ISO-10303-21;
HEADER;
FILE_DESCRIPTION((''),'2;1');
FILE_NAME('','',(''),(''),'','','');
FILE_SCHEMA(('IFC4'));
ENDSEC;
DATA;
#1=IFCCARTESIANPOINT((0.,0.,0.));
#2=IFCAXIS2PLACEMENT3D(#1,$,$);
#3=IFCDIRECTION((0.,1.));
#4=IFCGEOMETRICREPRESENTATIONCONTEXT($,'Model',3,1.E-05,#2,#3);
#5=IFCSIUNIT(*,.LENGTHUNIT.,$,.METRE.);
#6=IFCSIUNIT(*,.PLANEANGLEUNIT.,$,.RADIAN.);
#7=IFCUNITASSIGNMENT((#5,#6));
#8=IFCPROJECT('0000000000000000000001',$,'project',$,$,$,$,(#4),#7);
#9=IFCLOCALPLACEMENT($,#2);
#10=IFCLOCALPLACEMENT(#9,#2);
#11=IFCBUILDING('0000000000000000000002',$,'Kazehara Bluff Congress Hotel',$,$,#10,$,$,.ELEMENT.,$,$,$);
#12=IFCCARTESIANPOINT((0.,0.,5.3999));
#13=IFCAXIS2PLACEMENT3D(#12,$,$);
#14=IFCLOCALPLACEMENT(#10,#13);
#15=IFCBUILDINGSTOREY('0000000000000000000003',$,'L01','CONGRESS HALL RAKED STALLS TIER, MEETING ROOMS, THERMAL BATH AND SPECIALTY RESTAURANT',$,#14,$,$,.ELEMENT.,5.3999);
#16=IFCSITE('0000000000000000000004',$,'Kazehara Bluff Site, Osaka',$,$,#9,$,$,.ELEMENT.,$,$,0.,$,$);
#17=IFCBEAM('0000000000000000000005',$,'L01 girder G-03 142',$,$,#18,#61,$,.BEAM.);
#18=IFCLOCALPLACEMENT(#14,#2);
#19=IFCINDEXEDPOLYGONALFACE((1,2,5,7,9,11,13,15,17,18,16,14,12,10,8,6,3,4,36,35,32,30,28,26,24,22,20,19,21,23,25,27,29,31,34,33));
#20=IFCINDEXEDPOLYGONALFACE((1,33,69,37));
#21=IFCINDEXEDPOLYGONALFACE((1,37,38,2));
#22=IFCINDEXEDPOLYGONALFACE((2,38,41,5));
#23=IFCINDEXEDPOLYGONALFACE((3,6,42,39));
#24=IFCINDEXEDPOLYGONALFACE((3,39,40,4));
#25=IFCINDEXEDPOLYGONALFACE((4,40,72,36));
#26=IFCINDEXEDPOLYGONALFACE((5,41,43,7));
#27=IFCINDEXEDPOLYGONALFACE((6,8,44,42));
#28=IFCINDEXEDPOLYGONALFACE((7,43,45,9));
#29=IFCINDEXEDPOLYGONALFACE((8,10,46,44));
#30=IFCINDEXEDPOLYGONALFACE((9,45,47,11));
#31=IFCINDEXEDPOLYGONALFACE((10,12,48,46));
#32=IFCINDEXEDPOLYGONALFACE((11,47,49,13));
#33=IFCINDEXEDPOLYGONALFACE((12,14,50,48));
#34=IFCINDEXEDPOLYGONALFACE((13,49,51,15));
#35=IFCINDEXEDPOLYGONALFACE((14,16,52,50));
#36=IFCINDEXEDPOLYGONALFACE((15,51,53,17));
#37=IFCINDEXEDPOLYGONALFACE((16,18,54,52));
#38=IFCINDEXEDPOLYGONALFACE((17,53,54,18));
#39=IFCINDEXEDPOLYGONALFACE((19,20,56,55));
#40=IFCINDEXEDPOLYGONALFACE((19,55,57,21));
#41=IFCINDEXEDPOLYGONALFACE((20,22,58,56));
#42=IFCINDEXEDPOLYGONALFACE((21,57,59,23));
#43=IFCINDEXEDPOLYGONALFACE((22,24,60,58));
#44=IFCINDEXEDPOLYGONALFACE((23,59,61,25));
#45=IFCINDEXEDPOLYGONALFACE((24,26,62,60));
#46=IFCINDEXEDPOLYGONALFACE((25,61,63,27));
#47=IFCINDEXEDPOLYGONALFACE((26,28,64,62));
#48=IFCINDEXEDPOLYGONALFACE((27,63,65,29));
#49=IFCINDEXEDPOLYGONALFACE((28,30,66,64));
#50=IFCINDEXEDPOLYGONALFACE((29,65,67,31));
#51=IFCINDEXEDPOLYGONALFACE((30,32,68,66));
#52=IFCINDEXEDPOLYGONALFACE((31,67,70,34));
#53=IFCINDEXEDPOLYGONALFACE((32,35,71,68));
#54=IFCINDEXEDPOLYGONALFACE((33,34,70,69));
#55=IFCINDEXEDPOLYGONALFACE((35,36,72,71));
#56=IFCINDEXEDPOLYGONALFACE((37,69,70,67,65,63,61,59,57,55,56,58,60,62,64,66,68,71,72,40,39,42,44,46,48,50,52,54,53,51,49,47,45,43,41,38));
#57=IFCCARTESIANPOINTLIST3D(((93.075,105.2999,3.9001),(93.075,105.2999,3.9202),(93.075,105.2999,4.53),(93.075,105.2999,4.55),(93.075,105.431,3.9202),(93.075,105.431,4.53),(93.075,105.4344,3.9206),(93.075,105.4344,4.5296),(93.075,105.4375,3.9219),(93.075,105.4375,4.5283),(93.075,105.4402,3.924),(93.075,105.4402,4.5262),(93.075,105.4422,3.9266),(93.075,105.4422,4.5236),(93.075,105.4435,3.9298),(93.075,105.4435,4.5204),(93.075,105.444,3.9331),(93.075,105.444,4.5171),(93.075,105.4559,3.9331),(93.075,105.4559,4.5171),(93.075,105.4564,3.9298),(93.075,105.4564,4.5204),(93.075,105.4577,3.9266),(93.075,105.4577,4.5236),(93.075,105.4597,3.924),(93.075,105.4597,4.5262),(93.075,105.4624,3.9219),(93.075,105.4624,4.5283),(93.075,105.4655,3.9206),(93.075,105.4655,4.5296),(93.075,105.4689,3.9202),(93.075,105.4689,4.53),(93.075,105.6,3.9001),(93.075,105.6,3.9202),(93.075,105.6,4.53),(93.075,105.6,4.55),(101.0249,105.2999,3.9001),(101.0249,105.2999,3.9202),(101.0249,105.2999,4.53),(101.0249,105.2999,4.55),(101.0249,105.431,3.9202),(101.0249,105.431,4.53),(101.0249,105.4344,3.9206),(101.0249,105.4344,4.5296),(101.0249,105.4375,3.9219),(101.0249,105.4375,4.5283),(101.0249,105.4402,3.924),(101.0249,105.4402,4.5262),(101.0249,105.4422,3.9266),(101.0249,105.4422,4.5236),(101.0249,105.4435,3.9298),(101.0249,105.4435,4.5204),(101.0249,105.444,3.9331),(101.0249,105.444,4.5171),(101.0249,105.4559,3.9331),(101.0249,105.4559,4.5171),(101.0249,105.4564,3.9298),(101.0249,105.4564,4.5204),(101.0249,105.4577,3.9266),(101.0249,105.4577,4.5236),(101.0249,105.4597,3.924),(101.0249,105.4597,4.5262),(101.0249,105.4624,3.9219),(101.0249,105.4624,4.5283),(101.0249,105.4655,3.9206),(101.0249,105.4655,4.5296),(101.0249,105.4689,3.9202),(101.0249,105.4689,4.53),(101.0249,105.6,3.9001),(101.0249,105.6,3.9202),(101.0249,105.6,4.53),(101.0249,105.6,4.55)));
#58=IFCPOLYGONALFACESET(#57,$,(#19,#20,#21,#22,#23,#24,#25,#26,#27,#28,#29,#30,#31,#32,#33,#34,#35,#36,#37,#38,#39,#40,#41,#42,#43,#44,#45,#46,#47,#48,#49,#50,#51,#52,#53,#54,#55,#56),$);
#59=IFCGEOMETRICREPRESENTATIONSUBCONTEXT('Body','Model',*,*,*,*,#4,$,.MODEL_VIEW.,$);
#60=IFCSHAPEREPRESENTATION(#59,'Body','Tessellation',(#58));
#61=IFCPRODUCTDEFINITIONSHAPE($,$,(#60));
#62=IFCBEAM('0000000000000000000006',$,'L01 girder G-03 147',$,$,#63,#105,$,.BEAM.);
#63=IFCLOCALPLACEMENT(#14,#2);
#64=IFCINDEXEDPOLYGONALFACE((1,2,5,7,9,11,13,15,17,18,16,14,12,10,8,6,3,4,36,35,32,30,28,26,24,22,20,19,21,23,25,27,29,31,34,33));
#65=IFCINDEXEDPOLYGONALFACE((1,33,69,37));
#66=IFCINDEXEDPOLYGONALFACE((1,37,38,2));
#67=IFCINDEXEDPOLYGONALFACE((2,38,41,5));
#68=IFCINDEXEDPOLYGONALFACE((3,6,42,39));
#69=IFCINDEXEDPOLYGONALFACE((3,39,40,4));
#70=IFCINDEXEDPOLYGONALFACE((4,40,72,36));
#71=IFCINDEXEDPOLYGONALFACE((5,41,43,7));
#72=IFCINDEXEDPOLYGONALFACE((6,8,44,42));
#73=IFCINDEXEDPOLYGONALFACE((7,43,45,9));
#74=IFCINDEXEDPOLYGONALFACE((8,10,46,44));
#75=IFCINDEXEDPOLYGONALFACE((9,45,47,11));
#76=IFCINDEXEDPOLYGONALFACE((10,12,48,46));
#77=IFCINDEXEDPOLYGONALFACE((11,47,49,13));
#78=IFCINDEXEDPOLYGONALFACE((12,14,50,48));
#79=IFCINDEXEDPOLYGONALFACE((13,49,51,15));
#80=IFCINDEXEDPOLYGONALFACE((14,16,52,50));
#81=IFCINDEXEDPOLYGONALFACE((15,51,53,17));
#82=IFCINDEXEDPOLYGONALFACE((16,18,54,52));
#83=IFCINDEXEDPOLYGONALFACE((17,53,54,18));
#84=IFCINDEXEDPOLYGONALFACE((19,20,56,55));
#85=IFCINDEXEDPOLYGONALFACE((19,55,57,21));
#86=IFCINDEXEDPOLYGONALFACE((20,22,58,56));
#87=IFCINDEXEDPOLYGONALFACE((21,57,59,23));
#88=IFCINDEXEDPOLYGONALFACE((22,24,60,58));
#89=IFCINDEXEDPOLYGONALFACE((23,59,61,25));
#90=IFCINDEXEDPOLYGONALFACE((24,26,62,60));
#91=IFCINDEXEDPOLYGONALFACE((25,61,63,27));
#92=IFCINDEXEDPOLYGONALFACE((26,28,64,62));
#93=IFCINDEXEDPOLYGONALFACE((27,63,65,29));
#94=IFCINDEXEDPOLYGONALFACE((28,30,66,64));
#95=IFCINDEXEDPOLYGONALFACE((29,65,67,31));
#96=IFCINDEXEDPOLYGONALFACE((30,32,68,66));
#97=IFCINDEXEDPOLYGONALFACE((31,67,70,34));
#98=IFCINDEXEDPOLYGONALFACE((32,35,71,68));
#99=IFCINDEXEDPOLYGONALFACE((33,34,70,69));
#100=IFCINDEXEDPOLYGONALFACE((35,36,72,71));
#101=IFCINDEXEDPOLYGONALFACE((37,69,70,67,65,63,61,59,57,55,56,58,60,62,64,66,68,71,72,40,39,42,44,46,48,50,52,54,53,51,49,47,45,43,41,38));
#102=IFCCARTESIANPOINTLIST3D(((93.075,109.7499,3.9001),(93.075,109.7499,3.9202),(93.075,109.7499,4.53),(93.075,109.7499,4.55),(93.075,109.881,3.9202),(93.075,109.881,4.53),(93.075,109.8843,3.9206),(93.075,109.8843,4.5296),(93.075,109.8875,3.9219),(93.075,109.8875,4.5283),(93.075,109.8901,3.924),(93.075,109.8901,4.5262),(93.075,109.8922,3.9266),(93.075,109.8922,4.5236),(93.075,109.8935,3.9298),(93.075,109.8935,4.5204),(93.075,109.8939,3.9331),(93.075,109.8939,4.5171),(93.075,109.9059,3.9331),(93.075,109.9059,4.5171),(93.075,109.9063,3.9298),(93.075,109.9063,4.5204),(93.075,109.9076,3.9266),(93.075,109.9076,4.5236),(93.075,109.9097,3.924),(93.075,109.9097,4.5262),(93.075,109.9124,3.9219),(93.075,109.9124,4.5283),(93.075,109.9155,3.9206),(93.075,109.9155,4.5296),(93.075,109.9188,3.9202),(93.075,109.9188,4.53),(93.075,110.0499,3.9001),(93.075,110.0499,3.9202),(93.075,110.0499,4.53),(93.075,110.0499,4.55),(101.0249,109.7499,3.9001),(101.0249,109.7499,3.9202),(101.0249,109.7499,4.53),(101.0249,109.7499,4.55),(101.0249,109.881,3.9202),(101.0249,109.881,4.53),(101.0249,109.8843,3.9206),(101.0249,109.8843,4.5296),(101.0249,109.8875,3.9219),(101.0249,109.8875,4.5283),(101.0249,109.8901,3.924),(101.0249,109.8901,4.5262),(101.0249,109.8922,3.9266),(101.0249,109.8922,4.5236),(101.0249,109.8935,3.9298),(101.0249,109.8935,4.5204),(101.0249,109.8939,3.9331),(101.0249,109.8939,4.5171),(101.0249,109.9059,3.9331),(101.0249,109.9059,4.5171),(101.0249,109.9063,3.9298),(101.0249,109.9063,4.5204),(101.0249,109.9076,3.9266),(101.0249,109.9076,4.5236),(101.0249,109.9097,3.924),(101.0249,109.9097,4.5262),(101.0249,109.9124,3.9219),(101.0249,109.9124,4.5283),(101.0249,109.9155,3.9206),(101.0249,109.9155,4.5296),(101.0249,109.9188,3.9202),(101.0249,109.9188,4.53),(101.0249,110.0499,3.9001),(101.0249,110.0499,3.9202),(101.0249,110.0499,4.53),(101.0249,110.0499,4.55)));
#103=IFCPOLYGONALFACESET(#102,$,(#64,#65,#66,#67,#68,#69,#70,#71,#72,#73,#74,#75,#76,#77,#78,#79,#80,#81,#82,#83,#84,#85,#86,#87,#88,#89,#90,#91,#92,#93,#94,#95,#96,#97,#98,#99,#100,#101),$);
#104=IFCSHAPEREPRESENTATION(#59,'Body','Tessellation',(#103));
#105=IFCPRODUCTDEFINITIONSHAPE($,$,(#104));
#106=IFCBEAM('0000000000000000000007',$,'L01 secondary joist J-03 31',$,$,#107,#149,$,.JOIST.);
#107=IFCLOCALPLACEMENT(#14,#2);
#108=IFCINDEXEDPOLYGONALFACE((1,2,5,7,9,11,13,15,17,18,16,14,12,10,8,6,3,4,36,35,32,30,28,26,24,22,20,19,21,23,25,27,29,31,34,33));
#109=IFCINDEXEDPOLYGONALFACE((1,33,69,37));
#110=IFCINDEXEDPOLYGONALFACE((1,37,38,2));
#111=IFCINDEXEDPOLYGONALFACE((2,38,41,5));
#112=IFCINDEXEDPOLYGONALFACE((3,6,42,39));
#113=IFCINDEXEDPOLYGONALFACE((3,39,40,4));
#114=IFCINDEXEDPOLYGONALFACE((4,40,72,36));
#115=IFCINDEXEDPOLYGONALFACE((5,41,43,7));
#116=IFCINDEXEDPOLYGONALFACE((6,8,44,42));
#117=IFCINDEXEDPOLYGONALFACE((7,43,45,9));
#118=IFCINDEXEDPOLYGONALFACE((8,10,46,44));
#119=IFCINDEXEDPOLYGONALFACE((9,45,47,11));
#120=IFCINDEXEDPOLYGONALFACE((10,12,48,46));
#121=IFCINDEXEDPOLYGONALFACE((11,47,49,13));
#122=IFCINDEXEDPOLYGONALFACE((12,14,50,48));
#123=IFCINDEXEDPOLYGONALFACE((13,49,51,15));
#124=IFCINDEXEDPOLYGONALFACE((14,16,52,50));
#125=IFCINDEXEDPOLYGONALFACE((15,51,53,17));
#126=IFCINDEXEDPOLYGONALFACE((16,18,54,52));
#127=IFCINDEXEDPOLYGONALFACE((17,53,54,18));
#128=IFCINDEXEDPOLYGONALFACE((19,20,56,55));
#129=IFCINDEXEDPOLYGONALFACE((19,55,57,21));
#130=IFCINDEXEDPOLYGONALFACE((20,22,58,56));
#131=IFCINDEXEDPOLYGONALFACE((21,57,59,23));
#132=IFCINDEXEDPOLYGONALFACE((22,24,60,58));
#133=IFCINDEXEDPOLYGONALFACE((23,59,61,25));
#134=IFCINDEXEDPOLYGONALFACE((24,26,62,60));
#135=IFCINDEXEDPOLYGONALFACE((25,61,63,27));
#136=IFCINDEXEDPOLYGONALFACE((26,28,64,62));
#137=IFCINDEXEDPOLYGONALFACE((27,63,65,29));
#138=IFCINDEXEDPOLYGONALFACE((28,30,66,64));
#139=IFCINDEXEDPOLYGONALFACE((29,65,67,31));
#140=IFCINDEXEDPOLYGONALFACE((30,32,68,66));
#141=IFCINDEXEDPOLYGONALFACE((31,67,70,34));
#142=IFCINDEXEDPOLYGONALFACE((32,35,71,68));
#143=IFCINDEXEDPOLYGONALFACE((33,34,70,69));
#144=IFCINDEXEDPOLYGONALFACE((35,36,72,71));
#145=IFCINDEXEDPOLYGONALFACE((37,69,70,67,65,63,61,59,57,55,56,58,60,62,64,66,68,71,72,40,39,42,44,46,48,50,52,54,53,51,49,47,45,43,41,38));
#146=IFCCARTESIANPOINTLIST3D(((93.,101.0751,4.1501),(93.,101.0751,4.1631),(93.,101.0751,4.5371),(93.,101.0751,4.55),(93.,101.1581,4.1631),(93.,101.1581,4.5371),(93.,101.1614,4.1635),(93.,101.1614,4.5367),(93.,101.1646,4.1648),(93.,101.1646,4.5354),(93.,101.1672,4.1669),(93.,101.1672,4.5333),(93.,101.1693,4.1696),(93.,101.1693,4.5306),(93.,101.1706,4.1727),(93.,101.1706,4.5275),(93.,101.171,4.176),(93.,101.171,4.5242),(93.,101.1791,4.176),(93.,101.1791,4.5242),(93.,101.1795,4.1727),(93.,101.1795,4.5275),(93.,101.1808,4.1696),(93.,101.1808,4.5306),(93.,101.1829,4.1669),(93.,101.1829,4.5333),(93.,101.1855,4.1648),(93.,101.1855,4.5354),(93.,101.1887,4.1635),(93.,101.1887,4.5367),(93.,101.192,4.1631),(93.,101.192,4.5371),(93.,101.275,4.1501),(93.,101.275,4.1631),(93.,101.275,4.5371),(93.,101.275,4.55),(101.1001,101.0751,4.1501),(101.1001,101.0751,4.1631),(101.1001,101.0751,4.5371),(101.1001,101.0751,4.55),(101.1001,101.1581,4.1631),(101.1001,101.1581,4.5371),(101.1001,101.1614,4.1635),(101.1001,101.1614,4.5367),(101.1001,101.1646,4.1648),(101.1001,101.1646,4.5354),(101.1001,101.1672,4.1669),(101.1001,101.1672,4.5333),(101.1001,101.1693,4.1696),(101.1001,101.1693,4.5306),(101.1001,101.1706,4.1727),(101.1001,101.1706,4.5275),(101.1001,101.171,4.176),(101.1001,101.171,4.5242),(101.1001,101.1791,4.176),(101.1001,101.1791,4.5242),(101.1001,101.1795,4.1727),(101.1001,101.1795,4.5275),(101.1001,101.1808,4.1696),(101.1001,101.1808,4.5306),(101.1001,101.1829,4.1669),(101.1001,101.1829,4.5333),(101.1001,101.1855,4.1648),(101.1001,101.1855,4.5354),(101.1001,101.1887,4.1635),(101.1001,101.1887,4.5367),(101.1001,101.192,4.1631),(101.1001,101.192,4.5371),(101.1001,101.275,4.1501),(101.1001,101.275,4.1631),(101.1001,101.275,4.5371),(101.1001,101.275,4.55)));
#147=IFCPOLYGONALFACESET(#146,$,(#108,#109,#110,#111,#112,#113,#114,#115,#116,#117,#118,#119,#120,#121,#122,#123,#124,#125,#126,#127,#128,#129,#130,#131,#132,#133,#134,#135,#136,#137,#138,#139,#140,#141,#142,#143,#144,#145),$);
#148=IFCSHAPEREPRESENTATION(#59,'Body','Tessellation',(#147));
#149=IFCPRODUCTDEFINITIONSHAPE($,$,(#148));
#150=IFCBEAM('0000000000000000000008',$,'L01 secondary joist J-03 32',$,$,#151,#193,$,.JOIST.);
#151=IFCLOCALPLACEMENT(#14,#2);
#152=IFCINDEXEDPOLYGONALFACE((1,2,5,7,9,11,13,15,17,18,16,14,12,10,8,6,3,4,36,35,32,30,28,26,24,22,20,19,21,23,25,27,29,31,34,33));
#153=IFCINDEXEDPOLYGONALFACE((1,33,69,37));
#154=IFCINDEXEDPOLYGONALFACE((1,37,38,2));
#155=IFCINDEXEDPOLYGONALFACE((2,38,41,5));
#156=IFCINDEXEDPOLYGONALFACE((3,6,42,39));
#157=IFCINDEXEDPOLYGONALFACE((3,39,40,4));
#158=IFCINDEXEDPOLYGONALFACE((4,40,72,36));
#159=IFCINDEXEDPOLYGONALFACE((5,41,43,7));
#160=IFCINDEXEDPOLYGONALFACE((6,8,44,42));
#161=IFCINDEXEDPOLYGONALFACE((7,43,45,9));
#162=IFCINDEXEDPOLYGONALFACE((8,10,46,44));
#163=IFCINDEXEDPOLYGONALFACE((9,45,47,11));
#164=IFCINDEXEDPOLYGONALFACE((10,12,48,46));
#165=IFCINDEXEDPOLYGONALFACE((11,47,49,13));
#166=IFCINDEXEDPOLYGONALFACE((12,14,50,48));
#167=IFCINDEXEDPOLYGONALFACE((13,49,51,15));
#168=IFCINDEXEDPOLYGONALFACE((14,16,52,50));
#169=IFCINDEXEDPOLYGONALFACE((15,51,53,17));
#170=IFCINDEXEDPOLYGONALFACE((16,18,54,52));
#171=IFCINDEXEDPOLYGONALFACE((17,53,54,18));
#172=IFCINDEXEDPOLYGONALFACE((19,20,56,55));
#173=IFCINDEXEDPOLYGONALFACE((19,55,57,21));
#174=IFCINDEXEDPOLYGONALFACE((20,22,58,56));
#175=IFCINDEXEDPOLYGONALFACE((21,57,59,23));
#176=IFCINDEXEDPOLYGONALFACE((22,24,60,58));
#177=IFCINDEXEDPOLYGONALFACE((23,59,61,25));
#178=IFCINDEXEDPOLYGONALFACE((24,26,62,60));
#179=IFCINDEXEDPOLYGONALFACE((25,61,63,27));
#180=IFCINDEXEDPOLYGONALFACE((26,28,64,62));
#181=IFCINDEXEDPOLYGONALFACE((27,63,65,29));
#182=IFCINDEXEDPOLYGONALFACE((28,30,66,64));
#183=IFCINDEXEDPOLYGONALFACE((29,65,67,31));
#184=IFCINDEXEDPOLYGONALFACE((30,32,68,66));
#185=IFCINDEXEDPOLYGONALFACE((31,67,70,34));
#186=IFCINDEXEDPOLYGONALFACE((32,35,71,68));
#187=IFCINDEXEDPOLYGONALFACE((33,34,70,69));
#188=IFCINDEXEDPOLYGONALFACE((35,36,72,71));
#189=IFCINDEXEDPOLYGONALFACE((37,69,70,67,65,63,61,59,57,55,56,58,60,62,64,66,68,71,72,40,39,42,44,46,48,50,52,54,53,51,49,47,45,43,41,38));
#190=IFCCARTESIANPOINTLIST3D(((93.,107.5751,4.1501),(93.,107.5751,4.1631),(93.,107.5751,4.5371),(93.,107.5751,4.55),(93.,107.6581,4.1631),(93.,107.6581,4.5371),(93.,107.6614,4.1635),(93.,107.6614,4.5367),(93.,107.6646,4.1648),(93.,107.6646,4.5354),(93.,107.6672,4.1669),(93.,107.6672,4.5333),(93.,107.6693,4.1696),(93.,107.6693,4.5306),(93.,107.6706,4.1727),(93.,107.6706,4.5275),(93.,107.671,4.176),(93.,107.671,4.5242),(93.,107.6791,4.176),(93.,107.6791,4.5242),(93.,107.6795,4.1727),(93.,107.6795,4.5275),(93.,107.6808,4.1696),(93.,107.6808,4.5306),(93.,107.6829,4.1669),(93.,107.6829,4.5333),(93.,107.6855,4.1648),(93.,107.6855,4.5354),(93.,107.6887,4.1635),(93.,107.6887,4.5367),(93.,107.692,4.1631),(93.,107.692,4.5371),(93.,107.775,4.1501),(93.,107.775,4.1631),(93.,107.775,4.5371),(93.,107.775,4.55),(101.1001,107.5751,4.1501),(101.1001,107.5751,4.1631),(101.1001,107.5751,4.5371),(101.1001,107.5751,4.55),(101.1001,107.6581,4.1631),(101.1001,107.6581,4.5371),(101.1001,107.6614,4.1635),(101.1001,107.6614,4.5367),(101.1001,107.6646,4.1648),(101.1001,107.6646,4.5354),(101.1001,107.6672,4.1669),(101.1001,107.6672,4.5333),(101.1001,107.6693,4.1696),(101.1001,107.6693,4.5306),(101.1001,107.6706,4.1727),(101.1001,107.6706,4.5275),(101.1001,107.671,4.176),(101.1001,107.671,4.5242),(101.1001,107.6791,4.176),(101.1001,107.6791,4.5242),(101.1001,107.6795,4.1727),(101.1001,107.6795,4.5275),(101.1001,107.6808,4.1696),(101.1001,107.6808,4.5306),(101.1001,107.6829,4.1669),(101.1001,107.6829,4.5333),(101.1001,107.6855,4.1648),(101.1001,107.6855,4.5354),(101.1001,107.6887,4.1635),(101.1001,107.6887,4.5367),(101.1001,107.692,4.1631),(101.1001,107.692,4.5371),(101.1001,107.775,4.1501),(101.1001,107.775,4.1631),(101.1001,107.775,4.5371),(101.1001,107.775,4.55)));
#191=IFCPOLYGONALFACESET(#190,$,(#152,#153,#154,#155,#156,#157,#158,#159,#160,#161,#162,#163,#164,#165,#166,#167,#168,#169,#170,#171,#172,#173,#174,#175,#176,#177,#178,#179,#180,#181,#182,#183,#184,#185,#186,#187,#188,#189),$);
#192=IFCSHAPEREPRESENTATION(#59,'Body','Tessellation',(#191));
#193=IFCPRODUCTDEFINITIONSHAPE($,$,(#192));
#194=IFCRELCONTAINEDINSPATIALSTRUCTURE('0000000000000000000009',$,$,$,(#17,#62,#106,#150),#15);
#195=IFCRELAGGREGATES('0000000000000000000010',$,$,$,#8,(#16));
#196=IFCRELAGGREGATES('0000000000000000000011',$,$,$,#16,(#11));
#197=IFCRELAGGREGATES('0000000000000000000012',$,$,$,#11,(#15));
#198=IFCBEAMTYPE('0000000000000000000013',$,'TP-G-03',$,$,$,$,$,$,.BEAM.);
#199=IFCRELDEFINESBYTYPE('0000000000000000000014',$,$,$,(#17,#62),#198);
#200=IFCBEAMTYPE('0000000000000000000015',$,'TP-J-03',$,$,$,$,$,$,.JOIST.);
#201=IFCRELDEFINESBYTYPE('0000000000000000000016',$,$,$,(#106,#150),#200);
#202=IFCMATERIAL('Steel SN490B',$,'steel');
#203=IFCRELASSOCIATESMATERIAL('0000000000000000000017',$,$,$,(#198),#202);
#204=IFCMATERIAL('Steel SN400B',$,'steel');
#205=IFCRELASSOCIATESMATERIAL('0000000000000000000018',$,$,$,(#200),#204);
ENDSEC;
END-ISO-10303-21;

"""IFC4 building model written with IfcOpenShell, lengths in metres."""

from ifc_helpers import new_model, si_unit, direction, frame, origin, origin_2d, place, context, subcontext, project, spatial, i_section, extrude, material, material_profile, profile_set, type_object, element, save


model = new_model("IFC4")

# Units and contexts
model_context = context("Model", 3, precision=1e-05, world=origin(), true_north=direction((0.0, 1.0)))
body_context = subcontext(model_context, "Body", "Model", "MODEL_VIEW")
ifc_project = project(units=[si_unit("LENGTHUNIT", "METRE"), si_unit("PLANEANGLEUNIT", "RADIAN")], contexts=[model_context])

# Site, building, storey
site_placement = place(None, origin())
site = spatial("IfcSite", under=ifc_project, at=site_placement, Name="Kazehara Bluff Site, Osaka", CompositionType="ELEMENT", RefElevation=0.0)
building_placement = place(site_placement, origin())
building = spatial("IfcBuilding", under=site, at=building_placement, Name="Kazehara Bluff Congress Hotel", CompositionType="ELEMENT")
storey_placement = place(building_placement, frame((0.0, 0.0, 5.3999)))
storey = spatial("IfcBuildingStorey", under=building, at=storey_placement, Name="L01", Description="CONGRESS HALL RAKED STALLS TIER, MEETING ROOMS, THERMAL BATH AND SPECIALTY RESTAURANT", CompositionType="ELEMENT", Elevation=5.3999)

# Beams
ifc_material_1 = material(Name="Steel SN490B", Category="steel")
ifc_material_profile_1 = material_profile(ifc_material_1, i_section(OverallWidth=0.3, OverallDepth=0.6499, WebThickness=0.012, FlangeThickness=0.02, FilletRadius=0.0129, at=origin_2d()))
ifc_profile_set_1 = profile_set([ifc_material_profile_1], Name="Steel SN490B")
beam_type_1 = type_object("IfcBeamType", Name="TP-G-03", PredefinedType="BEAM", material=ifc_profile_set_1)
for number, where, z_axis, x_axis, name in (
    (1, (93.075, 105.45, 4.2251), (1.0, 0.0, 0.0), (0.0, 1.0, 0.0), "L01 girder G-03 142"),
    (2, (93.075, 109.8999, 4.2251), (1.0, 0.0, 0.0), (0.0, 1.0, 0.0), "L01 girder G-03 147"),
):
    element("IfcBeam", number, at=place(storey_placement, frame(where, z_axis=z_axis, x_axis=x_axis)), inside=storey, type_object=beam_type_1, Name=name, PredefinedType="BEAM", context=body_context, shape_type="SweptSolid", body=[
        extrude(i_section(OverallWidth=0.3, OverallDepth=0.6499, WebThickness=0.012, FlangeThickness=0.02, FilletRadius=0.0129, at=origin_2d()), origin(), (0.0, 0.0, 1.0), 7.95),
    ])
ifc_material_2 = material(Name="Steel SN400B", Category="steel")
ifc_material_profile_2 = material_profile(ifc_material_2, i_section(OverallWidth=0.2, OverallDepth=0.3999, WebThickness=0.0081, FlangeThickness=0.0129, FilletRadius=0.0129, at=origin_2d()))
ifc_profile_set_2 = profile_set([ifc_material_profile_2], Name="Steel SN400B")
beam_type_2 = type_object("IfcBeamType", Name="TP-J-03", PredefinedType="JOIST", material=ifc_profile_set_2)
for number, where, z_axis, x_axis, name in (
    (3, (93.0, 101.175, 4.3501), (1.0, 0.0, 0.0), (0.0, 1.0, 0.0), "L01 secondary joist J-03 31"),
    (4, (93.0, 107.675, 4.3501), (1.0, 0.0, 0.0), (0.0, 1.0, 0.0), "L01 secondary joist J-03 32"),
):
    element("IfcBeam", number, at=place(storey_placement, frame(where, z_axis=z_axis, x_axis=x_axis)), inside=storey, type_object=beam_type_2, Name=name, PredefinedType="JOIST", context=body_context, shape_type="SweptSolid", body=[
        extrude(i_section(OverallWidth=0.2, OverallDepth=0.3999, WebThickness=0.0081, FlangeThickness=0.0129, FilletRadius=0.0129, at=origin_2d()), origin(), (0.0, 0.0, 1.0), 8.1001),
    ])

save(model, "model.ifc")
